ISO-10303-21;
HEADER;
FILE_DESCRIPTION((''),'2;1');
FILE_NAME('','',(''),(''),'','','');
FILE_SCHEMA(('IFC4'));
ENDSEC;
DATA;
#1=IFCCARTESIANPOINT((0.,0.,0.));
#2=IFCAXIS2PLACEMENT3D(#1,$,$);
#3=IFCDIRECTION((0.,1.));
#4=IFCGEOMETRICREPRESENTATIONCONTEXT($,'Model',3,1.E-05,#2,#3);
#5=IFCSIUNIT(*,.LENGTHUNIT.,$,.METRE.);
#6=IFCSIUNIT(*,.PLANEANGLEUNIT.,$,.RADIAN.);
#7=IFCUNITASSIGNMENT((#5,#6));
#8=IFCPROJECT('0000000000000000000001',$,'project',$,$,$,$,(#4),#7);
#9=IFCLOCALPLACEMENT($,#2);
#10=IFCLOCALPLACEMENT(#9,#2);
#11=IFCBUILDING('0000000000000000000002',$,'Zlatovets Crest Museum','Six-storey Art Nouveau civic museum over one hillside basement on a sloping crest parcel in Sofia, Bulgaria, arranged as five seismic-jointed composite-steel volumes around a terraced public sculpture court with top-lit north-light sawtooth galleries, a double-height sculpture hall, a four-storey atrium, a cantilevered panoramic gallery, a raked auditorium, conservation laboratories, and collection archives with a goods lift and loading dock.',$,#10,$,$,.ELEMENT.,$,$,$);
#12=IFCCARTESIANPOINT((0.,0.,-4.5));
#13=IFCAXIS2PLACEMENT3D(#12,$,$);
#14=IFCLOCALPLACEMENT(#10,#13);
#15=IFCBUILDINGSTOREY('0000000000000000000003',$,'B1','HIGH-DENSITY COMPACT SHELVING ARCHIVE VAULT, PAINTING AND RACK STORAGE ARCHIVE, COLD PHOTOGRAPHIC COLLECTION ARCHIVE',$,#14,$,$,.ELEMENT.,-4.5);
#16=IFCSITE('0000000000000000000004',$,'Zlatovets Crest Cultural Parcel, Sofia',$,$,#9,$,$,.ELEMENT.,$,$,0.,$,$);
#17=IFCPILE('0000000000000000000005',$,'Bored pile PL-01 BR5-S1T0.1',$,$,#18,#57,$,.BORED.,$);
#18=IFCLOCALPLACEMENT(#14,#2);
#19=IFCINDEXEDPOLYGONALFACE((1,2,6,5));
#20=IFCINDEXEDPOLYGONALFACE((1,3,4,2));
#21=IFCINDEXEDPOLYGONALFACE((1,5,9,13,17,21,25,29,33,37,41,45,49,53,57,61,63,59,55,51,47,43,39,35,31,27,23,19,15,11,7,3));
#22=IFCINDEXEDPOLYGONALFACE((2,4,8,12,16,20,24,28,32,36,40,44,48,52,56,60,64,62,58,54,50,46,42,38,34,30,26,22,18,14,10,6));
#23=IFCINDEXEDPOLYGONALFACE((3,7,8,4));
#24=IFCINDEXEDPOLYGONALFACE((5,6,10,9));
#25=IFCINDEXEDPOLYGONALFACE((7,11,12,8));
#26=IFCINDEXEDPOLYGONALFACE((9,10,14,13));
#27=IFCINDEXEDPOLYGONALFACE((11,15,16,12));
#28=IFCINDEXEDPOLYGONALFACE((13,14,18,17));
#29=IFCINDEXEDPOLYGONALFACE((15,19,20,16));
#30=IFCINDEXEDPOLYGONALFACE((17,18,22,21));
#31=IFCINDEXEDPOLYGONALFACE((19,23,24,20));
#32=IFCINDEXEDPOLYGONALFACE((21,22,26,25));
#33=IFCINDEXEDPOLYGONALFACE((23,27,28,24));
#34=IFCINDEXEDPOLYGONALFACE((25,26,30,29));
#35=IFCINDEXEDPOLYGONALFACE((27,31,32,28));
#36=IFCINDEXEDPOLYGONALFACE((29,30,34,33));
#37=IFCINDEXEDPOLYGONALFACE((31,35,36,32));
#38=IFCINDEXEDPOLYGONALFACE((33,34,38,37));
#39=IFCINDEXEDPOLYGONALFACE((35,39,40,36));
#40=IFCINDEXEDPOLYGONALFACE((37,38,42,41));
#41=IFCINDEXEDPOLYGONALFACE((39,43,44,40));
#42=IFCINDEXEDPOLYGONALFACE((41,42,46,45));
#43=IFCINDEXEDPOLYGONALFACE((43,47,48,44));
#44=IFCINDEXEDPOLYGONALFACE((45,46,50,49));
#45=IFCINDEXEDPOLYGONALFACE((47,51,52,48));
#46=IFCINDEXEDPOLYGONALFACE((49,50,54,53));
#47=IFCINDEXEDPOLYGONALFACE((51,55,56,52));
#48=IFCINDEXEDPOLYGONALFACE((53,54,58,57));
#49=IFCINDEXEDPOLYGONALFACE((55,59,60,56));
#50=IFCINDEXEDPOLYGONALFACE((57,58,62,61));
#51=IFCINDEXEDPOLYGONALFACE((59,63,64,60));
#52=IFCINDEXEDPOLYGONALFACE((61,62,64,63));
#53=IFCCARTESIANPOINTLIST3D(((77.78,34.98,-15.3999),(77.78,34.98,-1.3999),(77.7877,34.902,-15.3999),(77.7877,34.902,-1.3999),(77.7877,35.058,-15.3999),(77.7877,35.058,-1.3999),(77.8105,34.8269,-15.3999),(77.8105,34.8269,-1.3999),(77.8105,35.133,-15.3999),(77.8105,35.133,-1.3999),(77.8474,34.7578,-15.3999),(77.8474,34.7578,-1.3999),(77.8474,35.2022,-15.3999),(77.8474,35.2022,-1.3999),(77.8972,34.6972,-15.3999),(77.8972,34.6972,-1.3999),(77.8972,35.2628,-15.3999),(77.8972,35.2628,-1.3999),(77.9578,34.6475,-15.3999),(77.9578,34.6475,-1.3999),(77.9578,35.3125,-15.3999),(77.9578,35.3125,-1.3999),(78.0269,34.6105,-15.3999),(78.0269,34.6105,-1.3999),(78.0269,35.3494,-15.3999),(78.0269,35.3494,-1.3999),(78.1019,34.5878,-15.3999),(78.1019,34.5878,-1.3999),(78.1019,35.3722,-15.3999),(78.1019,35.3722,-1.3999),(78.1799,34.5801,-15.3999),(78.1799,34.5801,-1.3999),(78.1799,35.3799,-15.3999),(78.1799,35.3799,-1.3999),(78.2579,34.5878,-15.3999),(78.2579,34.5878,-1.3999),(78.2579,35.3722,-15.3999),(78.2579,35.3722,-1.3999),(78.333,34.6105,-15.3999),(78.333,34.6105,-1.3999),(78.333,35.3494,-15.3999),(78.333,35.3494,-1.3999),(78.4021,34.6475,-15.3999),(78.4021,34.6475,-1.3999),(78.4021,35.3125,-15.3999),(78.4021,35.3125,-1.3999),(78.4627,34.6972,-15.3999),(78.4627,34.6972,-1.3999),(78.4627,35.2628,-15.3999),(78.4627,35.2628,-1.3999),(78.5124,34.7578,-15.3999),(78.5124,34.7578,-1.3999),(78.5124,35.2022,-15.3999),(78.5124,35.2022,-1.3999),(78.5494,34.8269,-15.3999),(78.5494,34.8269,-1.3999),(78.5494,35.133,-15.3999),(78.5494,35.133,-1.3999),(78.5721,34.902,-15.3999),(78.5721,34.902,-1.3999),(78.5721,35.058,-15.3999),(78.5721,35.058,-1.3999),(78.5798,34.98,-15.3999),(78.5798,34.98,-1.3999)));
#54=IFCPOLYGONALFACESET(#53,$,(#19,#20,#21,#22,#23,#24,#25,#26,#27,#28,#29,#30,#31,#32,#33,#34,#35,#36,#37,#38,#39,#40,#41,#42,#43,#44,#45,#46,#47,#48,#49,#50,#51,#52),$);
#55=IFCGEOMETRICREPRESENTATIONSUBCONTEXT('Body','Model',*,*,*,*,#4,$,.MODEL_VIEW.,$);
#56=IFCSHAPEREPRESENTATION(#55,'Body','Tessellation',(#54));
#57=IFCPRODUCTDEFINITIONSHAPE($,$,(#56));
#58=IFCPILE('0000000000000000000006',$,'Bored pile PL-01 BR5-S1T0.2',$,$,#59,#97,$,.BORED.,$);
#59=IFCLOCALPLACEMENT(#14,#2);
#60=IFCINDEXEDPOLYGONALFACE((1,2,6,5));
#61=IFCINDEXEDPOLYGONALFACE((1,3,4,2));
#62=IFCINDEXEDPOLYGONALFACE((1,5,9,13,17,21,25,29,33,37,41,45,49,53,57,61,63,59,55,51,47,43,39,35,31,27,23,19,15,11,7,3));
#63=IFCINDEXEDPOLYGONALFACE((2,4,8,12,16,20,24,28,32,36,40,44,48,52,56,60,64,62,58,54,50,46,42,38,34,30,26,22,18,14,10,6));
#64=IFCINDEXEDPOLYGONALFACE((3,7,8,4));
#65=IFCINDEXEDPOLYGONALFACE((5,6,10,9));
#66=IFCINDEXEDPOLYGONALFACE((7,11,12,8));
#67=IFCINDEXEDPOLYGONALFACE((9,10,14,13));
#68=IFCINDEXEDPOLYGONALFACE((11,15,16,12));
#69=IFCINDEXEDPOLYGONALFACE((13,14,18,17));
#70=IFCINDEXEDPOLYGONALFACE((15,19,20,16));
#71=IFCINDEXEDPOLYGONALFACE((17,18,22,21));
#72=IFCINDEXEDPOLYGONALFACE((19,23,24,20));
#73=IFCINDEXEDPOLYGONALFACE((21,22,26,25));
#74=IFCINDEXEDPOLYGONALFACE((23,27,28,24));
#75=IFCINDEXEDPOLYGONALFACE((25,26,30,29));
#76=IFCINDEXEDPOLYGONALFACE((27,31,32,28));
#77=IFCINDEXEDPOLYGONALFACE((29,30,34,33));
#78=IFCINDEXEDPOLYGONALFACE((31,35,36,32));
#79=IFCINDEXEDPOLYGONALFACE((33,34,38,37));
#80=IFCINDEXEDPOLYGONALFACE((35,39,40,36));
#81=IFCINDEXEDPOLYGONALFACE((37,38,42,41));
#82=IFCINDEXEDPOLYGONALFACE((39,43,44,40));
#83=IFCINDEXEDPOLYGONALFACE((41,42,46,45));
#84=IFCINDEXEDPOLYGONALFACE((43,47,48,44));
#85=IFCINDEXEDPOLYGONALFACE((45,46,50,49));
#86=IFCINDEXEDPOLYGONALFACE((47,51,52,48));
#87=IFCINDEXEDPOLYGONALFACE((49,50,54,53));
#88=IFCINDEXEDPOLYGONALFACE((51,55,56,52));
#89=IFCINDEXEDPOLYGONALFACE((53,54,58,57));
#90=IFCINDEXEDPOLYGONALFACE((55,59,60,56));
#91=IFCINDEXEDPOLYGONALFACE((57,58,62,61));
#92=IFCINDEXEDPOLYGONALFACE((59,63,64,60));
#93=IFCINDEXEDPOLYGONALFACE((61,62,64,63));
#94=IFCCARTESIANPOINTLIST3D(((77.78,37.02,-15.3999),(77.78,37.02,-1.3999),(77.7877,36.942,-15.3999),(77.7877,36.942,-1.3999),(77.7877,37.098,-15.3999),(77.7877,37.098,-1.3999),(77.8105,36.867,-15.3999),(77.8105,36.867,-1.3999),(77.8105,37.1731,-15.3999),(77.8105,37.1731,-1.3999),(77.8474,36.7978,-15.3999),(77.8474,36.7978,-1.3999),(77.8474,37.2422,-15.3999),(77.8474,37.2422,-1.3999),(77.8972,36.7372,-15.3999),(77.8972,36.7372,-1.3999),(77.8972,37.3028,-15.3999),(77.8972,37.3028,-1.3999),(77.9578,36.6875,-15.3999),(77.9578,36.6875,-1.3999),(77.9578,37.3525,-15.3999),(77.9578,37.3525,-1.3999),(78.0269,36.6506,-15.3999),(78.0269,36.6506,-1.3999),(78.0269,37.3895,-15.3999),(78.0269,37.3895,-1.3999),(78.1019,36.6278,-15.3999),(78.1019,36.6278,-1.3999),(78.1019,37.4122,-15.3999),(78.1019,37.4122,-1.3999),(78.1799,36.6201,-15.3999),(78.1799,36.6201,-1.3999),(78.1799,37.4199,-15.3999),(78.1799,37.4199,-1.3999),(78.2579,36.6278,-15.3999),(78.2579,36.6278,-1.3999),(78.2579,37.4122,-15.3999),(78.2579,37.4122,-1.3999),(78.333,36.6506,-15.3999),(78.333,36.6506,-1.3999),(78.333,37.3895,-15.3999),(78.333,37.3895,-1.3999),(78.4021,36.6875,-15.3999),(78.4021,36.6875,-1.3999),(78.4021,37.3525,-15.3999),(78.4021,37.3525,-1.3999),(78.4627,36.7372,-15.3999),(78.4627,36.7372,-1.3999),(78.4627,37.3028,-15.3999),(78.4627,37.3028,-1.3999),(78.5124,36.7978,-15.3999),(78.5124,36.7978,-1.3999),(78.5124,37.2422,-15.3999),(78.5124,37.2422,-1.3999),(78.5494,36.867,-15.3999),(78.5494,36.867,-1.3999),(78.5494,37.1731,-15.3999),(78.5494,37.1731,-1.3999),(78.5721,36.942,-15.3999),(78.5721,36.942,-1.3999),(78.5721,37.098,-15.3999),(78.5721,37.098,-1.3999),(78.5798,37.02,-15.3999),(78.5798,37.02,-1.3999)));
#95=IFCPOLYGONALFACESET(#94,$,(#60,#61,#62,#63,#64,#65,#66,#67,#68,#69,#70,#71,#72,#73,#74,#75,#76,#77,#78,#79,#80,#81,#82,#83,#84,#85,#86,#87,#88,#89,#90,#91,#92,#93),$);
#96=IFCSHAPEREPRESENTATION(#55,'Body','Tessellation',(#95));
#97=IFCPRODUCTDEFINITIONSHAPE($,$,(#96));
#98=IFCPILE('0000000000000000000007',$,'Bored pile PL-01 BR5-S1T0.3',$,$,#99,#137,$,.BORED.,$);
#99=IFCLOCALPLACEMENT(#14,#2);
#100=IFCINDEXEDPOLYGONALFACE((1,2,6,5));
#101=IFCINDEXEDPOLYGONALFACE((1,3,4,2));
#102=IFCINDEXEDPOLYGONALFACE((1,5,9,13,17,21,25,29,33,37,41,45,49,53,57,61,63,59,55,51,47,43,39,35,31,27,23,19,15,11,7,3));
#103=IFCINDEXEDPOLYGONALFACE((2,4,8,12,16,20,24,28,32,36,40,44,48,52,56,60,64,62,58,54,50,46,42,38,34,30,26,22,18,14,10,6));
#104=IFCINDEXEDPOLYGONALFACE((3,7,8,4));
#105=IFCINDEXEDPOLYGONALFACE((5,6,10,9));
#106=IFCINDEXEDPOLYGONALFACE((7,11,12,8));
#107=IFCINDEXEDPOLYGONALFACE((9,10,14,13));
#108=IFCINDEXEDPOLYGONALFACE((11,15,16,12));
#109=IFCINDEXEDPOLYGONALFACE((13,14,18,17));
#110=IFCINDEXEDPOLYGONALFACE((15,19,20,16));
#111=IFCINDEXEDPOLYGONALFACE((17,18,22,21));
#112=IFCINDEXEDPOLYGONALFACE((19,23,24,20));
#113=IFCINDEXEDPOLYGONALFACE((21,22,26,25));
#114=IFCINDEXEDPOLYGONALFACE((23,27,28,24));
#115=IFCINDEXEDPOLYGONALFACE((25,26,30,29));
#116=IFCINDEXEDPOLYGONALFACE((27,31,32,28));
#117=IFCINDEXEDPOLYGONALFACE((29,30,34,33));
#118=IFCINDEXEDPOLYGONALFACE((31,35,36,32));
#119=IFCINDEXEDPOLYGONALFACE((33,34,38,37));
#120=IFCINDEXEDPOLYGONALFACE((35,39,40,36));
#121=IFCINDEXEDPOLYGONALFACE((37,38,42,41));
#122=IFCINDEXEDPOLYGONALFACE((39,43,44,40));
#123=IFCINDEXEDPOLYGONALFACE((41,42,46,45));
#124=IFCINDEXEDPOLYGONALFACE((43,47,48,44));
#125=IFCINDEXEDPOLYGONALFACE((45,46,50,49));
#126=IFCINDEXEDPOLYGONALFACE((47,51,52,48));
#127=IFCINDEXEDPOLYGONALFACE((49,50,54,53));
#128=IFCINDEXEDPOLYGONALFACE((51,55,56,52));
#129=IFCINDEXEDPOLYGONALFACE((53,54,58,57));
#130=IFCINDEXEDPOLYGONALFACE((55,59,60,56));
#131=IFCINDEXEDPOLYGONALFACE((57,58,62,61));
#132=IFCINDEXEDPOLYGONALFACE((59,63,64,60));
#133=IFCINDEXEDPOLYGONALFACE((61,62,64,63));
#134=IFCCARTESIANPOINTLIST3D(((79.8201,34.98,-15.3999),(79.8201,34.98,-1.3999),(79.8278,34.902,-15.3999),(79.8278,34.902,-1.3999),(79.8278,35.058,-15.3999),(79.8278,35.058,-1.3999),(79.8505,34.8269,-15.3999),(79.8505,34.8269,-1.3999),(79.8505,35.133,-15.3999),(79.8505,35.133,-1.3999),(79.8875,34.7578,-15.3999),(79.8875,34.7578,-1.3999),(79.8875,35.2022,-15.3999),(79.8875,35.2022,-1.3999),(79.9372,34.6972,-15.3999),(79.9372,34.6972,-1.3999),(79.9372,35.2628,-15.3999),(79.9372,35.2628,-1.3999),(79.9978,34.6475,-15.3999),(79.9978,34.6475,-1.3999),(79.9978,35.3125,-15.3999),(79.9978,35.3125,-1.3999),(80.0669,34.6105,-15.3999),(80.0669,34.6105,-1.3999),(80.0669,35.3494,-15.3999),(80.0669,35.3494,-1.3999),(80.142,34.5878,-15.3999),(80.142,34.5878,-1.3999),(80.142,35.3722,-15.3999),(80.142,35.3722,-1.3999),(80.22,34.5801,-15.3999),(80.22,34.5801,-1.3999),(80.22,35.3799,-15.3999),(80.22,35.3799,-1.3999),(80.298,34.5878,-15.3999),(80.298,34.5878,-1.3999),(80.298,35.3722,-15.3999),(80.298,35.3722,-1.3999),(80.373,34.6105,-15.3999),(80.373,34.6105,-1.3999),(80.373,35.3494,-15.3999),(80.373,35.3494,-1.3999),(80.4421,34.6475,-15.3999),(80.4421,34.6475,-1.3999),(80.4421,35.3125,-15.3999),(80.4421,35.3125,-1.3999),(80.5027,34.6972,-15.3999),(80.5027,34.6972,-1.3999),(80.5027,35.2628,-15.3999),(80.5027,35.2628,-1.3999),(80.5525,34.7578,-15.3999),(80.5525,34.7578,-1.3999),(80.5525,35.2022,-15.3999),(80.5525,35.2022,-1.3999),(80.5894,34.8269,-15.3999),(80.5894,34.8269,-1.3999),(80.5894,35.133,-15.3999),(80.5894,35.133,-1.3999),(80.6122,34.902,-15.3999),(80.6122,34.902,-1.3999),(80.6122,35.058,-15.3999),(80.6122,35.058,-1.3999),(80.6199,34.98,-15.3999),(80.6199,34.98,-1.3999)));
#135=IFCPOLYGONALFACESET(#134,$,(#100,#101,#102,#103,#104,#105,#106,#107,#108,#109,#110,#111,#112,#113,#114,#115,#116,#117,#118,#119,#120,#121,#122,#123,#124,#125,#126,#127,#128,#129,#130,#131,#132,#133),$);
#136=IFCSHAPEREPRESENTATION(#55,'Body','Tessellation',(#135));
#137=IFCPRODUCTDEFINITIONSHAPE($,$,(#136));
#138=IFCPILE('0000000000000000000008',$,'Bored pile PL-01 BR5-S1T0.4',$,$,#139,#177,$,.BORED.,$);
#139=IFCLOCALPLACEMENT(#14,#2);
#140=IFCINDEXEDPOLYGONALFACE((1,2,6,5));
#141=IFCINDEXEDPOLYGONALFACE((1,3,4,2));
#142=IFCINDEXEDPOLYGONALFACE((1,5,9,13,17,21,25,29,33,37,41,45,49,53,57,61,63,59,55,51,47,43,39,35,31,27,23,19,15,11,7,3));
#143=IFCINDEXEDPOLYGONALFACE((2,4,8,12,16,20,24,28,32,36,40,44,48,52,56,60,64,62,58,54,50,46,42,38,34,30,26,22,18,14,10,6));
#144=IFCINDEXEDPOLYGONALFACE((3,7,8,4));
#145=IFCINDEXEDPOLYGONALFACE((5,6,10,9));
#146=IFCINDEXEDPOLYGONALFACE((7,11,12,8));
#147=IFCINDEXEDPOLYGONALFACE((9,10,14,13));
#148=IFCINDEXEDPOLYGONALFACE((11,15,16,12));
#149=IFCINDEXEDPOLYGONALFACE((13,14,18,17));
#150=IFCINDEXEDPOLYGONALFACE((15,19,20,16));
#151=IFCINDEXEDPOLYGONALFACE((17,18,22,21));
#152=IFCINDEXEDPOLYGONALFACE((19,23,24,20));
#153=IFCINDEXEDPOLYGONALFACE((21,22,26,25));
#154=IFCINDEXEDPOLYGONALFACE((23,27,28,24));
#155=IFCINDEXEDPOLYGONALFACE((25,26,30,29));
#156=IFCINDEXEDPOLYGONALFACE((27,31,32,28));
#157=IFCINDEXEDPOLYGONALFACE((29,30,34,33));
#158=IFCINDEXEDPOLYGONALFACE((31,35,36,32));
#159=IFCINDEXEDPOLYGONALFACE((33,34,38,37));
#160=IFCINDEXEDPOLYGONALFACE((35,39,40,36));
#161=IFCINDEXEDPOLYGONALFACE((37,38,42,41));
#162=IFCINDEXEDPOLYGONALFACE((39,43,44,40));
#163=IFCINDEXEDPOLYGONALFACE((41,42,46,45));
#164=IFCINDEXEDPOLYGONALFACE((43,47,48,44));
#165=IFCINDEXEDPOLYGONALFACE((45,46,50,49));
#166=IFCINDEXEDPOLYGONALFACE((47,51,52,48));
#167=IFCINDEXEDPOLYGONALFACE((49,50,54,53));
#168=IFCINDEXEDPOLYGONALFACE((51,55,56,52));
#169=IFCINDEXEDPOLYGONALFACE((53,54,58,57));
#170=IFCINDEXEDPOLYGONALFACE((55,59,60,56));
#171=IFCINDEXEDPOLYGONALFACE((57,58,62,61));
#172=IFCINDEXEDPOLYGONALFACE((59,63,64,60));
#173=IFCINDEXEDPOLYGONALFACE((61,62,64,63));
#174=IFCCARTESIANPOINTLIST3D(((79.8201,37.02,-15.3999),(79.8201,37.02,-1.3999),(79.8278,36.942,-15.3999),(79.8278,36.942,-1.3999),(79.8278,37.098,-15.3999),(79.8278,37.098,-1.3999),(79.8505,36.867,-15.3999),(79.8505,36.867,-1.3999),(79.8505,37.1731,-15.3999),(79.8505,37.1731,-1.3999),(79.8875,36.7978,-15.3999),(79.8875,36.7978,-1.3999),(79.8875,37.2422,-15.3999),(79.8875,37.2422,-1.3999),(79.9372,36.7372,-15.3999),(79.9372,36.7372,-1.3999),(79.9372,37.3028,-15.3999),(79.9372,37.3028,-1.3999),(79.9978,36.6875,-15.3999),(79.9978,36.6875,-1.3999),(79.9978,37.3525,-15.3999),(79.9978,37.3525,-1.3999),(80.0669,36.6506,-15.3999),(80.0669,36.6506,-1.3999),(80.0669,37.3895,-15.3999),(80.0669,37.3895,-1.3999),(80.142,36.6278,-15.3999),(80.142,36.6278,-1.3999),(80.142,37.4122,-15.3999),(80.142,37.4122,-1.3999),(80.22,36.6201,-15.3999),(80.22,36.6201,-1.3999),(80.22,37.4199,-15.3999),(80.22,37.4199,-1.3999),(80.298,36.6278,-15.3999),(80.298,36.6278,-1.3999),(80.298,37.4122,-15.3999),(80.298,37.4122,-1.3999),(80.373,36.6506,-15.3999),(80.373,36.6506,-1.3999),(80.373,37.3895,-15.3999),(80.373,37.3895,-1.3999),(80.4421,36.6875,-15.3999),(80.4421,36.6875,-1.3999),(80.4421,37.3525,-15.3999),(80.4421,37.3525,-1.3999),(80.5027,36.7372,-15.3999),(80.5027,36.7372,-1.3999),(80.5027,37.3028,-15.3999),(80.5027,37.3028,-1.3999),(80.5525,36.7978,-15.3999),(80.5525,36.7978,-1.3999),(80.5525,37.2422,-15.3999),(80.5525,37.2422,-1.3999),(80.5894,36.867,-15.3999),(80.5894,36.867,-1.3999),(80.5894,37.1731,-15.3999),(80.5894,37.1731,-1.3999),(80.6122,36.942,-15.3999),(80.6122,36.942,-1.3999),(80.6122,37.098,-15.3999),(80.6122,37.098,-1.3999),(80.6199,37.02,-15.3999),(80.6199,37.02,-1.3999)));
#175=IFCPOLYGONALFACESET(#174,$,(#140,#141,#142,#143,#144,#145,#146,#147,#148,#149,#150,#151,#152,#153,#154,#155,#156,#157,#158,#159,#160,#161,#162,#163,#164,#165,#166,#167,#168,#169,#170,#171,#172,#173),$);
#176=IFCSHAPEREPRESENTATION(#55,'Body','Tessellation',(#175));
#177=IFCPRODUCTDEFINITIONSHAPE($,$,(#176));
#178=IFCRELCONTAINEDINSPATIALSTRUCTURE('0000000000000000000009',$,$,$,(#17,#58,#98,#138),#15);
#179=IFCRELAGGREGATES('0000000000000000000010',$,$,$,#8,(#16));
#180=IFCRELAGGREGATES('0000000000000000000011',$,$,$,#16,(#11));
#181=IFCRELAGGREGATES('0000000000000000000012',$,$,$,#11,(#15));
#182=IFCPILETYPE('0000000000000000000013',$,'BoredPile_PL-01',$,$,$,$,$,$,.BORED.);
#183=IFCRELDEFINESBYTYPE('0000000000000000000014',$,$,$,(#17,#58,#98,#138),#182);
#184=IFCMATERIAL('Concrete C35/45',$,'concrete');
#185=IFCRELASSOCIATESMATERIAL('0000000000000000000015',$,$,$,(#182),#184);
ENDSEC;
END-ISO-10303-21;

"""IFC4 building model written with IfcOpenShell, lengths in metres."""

from ifc_helpers import new_model, si_unit, direction, frame, origin, origin_2d, place, context, subcontext, project, spatial, circle, extrude, material, material_profile, profile_set, type_object, element, save


model = new_model("IFC4")

# Units and contexts
model_context = context("Model", 3, precision=1e-05, world=origin(), true_north=direction((0.0, 1.0)))
body_context = subcontext(model_context, "Body", "Model", "MODEL_VIEW")
ifc_project = project(units=[si_unit("LENGTHUNIT", "METRE"), si_unit("PLANEANGLEUNIT", "RADIAN")], contexts=[model_context])

# Site, building, storey
site_placement = place(None, origin())
site = spatial("IfcSite", under=ifc_project, at=site_placement, Name="Zlatovets Crest Cultural Parcel, Sofia", CompositionType="ELEMENT", RefElevation=0.0)
building_placement = place(site_placement, origin())
building = spatial("IfcBuilding", under=site, at=building_placement, Name="Zlatovets Crest Museum", Description="Six-storey Art Nouveau civic museum over one hillside basement on a sloping crest parcel in Sofia, Bulgaria, arranged as five seismic-jointed composite-steel volumes around a terraced public sculpture court with top-lit north-light sawtooth galleries, a double-height sculpture hall, a four-storey atrium, a cantilevered panoramic gallery, a raked auditorium, conservation laboratories, and collection archives with a goods lift and loading dock.", CompositionType="ELEMENT")
storey_placement = place(building_placement, frame((0.0, 0.0, -4.5)))
storey = spatial("IfcBuildingStorey", under=building, at=storey_placement, Name="B1", Description="HIGH-DENSITY COMPACT SHELVING ARCHIVE VAULT, PAINTING AND RACK STORAGE ARCHIVE, COLD PHOTOGRAPHIC COLLECTION ARCHIVE", CompositionType="ELEMENT", Elevation=-4.5)

# Piles
ifc_material_1 = material(Name="Concrete C35/45", Category="concrete")
ifc_material_profile_1 = material_profile(ifc_material_1, circle(Radius=0.3999, at=origin_2d()), Name="PILE D800")
ifc_profile_set_1 = profile_set([ifc_material_profile_1], Name="Concrete C35/45")
pile_type_1 = type_object("IfcPileType", Name="BoredPile_PL-01", PredefinedType="BORED", material=ifc_profile_set_1)
for number, where, z_axis, x_axis, name in (
    (1, (78.1799, 34.98, -1.3999), (0.0, 0.0, -1.0), (1.0, 0.0, 0.0), "Bored pile PL-01 BR5-S1T0.1"),
    (2, (78.1799, 37.02, -1.3999), (0.0, 0.0, -1.0), (1.0, 0.0, 0.0), "Bored pile PL-01 BR5-S1T0.2"),
    (3, (80.22, 34.98, -1.3999), (0.0, 0.0, -1.0), (1.0, 0.0, 0.0), "Bored pile PL-01 BR5-S1T0.3"),
    (4, (80.22, 37.02, -1.3999), (0.0, 0.0, -1.0), (1.0, 0.0, 0.0), "Bored pile PL-01 BR5-S1T0.4"),
):
    element("IfcPile", number, at=place(storey_placement, frame(where, z_axis=z_axis, x_axis=x_axis)), inside=storey, type_object=pile_type_1, Name=name, PredefinedType="BORED", context=body_context, shape_type="SweptSolid", body=[
        extrude(circle(Radius=0.3999, at=origin_2d()), origin(), (0.0, 0.0, 1.0), 14.0),
    ])

save(model, "model.ifc")
